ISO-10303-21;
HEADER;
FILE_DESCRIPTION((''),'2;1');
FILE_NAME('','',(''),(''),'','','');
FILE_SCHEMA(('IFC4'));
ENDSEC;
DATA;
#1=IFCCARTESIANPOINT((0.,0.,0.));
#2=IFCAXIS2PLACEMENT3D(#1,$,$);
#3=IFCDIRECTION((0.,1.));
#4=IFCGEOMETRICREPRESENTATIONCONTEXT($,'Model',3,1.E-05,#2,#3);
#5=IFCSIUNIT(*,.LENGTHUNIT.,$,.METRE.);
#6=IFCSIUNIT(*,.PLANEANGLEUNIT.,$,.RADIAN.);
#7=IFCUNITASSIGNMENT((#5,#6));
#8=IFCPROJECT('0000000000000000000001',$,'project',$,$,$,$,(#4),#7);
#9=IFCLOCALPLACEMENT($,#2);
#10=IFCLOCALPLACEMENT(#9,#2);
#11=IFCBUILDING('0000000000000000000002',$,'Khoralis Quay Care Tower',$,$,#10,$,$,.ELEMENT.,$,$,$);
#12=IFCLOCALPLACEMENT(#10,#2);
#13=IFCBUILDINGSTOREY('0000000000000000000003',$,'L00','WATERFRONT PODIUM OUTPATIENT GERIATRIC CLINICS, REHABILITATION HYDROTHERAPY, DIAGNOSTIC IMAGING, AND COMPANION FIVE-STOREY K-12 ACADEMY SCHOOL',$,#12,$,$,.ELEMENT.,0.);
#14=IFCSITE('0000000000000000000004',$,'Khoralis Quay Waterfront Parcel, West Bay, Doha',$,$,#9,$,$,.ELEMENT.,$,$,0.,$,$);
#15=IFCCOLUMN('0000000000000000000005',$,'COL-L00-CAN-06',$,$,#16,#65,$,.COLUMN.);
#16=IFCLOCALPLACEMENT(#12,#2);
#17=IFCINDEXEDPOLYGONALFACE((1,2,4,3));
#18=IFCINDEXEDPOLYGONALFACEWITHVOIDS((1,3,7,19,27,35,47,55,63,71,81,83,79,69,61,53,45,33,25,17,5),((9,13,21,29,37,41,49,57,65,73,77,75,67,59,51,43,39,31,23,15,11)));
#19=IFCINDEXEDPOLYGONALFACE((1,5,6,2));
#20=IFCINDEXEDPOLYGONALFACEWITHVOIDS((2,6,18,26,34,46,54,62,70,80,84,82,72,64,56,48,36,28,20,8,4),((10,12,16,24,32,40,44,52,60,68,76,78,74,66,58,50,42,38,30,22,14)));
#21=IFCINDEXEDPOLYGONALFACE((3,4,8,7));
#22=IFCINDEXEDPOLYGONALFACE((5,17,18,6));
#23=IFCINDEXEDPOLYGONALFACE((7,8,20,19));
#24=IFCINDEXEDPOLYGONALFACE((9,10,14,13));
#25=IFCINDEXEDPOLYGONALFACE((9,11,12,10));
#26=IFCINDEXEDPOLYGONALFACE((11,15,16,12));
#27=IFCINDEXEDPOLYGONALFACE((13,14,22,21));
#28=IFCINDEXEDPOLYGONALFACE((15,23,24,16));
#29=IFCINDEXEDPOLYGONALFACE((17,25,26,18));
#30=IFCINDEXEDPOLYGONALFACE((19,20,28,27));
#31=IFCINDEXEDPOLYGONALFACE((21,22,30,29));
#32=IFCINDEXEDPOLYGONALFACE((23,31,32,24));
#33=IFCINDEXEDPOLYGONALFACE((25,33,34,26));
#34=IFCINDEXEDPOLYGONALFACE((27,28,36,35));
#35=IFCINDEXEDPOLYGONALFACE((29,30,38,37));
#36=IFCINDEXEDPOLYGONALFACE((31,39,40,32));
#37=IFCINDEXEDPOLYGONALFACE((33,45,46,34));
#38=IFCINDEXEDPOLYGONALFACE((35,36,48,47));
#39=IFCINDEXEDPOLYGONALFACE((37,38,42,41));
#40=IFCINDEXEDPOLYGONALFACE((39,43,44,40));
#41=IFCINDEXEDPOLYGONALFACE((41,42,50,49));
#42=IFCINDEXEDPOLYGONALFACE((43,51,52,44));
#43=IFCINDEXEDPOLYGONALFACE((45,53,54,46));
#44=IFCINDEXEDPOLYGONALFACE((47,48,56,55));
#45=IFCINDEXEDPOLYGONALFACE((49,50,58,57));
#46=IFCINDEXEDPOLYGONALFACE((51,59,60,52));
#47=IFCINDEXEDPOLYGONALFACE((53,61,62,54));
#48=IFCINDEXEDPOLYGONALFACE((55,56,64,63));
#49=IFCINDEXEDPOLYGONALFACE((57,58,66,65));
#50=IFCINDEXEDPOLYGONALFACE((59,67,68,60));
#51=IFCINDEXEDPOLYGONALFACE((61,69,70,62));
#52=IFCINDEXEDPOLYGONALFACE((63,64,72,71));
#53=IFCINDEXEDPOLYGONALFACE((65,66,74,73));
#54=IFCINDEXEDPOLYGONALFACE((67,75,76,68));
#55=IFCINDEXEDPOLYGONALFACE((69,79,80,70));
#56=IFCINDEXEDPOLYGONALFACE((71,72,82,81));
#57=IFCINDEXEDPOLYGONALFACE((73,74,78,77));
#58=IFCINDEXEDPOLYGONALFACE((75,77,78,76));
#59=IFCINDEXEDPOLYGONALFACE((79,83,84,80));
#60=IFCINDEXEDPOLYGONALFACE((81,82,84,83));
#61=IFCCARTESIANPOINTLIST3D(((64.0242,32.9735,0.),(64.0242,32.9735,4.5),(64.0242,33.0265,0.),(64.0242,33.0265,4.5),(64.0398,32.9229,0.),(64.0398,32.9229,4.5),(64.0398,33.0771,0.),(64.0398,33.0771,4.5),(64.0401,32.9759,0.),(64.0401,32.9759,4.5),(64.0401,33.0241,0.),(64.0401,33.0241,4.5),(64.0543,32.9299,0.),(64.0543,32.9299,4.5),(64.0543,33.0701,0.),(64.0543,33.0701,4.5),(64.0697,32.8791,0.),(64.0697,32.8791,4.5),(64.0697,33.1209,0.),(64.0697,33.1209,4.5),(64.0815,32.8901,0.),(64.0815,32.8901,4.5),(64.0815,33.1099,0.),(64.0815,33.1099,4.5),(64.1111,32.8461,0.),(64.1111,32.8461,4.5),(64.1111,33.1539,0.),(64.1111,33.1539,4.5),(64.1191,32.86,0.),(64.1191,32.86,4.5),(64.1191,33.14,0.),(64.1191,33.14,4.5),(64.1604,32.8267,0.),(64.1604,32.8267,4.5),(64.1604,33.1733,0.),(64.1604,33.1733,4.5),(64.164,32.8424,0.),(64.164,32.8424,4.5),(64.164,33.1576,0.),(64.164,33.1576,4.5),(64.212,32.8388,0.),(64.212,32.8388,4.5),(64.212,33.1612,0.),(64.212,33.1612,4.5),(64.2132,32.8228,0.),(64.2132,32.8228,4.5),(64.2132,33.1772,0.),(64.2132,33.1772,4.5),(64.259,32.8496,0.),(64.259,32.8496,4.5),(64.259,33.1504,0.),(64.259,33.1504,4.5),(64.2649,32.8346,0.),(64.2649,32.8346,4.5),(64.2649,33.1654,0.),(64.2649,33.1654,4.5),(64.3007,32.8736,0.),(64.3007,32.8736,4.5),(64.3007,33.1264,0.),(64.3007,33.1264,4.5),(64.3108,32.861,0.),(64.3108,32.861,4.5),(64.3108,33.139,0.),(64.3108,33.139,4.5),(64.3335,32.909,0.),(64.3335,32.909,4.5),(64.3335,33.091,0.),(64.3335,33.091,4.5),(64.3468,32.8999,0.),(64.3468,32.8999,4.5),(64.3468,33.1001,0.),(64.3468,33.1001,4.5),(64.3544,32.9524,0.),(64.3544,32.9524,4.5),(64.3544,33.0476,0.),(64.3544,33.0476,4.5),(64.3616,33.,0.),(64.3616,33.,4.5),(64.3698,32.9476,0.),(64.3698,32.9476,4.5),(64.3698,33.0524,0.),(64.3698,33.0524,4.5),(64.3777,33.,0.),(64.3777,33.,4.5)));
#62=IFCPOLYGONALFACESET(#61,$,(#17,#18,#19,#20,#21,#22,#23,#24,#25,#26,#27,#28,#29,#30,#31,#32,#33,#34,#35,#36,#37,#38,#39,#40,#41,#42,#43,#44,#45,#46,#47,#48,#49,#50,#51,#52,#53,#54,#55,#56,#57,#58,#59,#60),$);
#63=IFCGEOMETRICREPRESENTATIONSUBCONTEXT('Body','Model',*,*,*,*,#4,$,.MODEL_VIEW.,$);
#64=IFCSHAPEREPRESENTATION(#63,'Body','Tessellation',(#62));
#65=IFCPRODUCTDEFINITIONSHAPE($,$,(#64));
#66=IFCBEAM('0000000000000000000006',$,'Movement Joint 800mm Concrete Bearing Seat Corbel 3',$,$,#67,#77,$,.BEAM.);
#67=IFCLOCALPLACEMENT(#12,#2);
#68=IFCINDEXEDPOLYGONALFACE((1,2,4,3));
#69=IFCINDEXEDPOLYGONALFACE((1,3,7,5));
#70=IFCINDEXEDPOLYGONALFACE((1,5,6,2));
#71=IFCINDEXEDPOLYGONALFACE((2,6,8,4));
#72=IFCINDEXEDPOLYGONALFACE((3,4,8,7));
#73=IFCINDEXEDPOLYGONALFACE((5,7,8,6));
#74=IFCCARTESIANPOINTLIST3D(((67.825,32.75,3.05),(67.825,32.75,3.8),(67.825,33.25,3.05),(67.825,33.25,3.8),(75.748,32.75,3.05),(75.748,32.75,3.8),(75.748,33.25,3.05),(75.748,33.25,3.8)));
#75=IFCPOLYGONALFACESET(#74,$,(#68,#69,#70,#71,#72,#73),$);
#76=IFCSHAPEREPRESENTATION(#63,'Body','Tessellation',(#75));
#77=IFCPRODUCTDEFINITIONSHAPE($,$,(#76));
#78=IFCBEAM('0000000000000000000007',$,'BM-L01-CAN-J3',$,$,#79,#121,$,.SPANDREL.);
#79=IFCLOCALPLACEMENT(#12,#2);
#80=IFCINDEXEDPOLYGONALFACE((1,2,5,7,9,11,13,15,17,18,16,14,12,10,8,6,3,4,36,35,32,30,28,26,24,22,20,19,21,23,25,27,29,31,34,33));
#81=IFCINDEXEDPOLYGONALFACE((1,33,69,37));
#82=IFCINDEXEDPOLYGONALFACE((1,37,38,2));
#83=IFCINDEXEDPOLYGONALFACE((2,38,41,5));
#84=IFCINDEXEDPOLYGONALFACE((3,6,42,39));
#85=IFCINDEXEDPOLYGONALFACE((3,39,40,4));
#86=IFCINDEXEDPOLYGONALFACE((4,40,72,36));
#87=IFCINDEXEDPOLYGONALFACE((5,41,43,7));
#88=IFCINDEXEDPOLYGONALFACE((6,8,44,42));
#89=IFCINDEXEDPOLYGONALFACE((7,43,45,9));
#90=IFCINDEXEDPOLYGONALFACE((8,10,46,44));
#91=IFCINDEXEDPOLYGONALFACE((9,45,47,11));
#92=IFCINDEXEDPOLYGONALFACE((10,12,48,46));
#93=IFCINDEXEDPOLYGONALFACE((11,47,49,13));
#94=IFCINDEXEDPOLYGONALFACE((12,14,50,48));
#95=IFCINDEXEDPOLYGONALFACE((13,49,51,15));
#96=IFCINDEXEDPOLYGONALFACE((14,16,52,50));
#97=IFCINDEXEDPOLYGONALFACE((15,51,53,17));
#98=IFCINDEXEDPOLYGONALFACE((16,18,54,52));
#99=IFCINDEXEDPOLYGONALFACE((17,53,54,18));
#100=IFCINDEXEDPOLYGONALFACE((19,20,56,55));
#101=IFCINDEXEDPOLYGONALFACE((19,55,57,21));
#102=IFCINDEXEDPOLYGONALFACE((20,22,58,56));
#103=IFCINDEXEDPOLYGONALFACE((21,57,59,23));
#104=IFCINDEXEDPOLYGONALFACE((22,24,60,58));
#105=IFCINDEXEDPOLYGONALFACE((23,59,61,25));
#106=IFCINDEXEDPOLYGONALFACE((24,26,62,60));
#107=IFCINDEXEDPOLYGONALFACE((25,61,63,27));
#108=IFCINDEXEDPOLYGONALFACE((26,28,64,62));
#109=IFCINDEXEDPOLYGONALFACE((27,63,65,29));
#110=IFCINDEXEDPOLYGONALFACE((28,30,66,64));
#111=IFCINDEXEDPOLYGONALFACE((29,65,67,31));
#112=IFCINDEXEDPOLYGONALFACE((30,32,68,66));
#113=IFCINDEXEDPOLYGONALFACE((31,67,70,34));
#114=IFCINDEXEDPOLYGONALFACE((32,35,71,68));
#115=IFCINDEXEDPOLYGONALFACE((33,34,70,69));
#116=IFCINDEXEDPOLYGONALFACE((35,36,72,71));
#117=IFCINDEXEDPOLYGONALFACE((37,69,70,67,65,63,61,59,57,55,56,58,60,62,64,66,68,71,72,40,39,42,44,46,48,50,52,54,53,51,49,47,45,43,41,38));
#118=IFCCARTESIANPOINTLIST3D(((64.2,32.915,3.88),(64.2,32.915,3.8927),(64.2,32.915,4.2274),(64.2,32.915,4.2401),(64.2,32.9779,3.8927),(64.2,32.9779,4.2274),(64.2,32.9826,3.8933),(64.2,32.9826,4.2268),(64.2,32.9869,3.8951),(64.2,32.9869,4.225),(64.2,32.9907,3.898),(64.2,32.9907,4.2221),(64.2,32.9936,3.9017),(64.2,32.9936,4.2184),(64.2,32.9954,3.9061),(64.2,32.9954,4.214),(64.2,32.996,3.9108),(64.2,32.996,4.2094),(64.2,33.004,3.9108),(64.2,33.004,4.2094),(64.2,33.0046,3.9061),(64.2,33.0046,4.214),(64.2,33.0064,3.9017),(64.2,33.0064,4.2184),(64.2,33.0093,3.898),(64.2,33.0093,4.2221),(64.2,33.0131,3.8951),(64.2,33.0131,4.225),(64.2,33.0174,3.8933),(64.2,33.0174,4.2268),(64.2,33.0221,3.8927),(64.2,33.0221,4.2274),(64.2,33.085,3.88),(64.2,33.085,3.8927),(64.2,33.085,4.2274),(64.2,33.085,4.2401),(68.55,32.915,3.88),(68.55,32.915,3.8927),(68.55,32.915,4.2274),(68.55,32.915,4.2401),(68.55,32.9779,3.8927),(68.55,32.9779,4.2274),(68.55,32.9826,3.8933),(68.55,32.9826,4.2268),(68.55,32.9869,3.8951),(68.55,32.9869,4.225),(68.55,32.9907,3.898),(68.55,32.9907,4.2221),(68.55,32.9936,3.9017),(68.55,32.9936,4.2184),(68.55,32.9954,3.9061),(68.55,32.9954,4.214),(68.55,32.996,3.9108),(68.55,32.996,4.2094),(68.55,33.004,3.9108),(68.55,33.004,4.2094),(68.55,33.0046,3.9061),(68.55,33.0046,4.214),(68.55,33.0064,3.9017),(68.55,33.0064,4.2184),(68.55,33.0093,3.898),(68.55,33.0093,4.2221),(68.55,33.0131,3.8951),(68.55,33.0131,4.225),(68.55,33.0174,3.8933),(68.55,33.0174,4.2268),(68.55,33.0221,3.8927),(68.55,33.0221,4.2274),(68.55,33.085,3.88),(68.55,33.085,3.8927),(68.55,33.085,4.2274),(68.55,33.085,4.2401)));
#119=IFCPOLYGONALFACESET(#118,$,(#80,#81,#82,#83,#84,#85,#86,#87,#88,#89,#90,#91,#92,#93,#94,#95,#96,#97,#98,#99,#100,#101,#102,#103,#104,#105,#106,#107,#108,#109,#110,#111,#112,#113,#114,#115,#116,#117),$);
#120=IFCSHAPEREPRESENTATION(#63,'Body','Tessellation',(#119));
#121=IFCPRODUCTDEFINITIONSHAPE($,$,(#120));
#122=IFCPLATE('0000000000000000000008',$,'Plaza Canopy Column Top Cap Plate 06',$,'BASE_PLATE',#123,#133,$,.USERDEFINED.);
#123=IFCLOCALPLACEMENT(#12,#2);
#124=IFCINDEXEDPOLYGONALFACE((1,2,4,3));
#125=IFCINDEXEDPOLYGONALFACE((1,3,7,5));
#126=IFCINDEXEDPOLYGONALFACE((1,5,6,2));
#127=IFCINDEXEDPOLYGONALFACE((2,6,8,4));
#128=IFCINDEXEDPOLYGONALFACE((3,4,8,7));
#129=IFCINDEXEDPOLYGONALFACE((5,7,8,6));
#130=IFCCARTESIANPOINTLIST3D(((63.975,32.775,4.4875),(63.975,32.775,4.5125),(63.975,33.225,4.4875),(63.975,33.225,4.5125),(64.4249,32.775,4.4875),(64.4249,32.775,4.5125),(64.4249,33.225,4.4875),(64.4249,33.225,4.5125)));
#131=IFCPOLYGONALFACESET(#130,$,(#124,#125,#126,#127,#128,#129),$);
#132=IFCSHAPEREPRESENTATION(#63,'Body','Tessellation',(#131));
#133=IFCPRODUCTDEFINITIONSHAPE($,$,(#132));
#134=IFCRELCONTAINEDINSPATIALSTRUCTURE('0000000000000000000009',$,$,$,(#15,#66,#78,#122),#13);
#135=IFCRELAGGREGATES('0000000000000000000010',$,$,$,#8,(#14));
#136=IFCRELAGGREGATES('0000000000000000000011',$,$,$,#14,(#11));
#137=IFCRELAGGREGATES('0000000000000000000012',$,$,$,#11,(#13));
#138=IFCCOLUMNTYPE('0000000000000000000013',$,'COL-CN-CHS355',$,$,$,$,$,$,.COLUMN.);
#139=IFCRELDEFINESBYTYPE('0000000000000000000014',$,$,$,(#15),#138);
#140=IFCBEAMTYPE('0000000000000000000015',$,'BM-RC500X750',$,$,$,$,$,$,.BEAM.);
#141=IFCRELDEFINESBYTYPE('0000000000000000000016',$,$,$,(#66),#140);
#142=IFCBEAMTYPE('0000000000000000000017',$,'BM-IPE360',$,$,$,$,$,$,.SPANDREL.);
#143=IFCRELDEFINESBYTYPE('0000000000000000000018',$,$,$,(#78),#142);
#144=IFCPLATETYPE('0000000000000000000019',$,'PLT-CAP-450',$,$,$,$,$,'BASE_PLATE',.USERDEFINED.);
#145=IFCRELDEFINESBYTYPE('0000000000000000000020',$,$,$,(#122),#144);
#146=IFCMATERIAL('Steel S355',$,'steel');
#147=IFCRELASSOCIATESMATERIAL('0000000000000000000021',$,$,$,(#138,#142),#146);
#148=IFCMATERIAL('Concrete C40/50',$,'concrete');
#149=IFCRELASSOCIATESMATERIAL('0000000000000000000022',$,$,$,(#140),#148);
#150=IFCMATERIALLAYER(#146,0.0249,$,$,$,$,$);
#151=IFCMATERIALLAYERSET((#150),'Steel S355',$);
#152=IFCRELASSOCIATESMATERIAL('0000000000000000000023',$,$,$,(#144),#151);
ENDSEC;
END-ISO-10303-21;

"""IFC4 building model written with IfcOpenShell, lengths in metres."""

from ifc_helpers import new_model, si_unit, direction, frame, origin, origin_2d, place, context, subcontext, project, spatial, rectangle, hollow_circle, i_section, extrude, source, transform, mapped, material, layer, layer_set, material_profile, profile_set, type_object, element, save


model = new_model("IFC4")

# Units and contexts
model_context = context("Model", 3, precision=1e-05, world=origin(), true_north=direction((0.0, 1.0)))
body_context = subcontext(model_context, "Body", "Model", "MODEL_VIEW")
ifc_project = project(units=[si_unit("LENGTHUNIT", "METRE"), si_unit("PLANEANGLEUNIT", "RADIAN")], contexts=[model_context])

# Site, building, storey
site_placement = place(None, origin())
site = spatial("IfcSite", under=ifc_project, at=site_placement, Name="Khoralis Quay Waterfront Parcel, West Bay, Doha", CompositionType="ELEMENT", RefElevation=0.0)
building_placement = place(site_placement, origin())
building = spatial("IfcBuilding", under=site, at=building_placement, Name="Khoralis Quay Care Tower", CompositionType="ELEMENT")
storey_placement = place(building_placement, origin())
storey = spatial("IfcBuildingStorey", under=building, at=storey_placement, Name="L00", Description="WATERFRONT PODIUM OUTPATIENT GERIATRIC CLINICS, REHABILITATION HYDROTHERAPY, DIAGNOSTIC IMAGING, AND COMPANION FIVE-STOREY K-12 ACADEMY SCHOOL", CompositionType="ELEMENT", Elevation=0.0)

# Column
ifc_material_1 = material(Name="Steel S355", Category="steel")
ifc_material_profile_1 = material_profile(ifc_material_1, hollow_circle(Radius=0.1777, WallThickness=0.0161, at=origin_2d()), Name="Steel S355")
ifc_profile_set_1 = profile_set([ifc_material_profile_1], Name="Steel S355")
column_type = type_object("IfcColumnType", Name="COL-CN-CHS355", PredefinedType="COLUMN", material=ifc_profile_set_1)
shared_shape_1 = source(origin(), body_context, "Body", "SweptSolid", [
    extrude(hollow_circle(Radius=0.1777, WallThickness=0.0161, at=origin_2d()), origin(), (0.0, 0.0, 1.0), 4.5),
])
column_placement = place(storey_placement, frame((64.2, 33.0, 0.0), z_axis=(0.0, 0.0, 1.0), x_axis=(1.0, 0.0, 0.0)))
element("IfcColumn", 1, at=column_placement, inside=storey, type_object=column_type, Name="COL-L00-CAN-06", PredefinedType="COLUMN", context=body_context, shape_type="MappedRepresentation", body=[
    mapped(shared_shape_1, transform((0.0, 0.0, 0.0), scale=1.0)),
])

# Beams
ifc_material_2 = material(Name="Concrete C40/50", Category="concrete")
ifc_material_profile_2 = material_profile(ifc_material_2, rectangle(XDim=0.5, YDim=0.75, at=origin_2d()), Name="Concrete C40/50")
ifc_profile_set_2 = profile_set([ifc_material_profile_2], Name="Concrete C40/50")
beam_type_1 = type_object("IfcBeamType", Name="BM-RC500X750", PredefinedType="BEAM", material=ifc_profile_set_2)
shared_shape_2 = source(origin(), body_context, "Body", "SweptSolid", [
    extrude(rectangle(XDim=0.5, YDim=0.75, at=origin_2d()), origin(), (0.0, 0.0, 1.0), 7.9231),
])
beam_1_placement = place(storey_placement, frame((67.825, 33.0, 3.425), z_axis=(1.0, 0.0, 0.0), x_axis=(0.0, 1.0, 0.0)))
element("IfcBeam", 2, at=beam_1_placement, inside=storey, type_object=beam_type_1, Name="Movement Joint 800mm Concrete Bearing Seat Corbel 3", PredefinedType="BEAM", context=body_context, shape_type="MappedRepresentation", body=[
    mapped(shared_shape_2, transform((0.0, 0.0, 0.0), scale=1.0)),
])
ifc_material_profile_3 = material_profile(ifc_material_1, i_section(OverallWidth=0.1699, OverallDepth=0.3601, WebThickness=0.0081, FlangeThickness=0.0127, FilletRadius=0.0181, at=origin_2d()), Name="Steel S355")
ifc_profile_set_3 = profile_set([ifc_material_profile_3], Name="Steel S355")
beam_type_2 = type_object("IfcBeamType", Name="BM-IPE360", PredefinedType="SPANDREL", material=ifc_profile_set_3)
shared_shape_3 = source(origin(), body_context, "Body", "SweptSolid", [
    extrude(i_section(OverallWidth=0.1699, OverallDepth=0.3601, WebThickness=0.0081, FlangeThickness=0.0127, FilletRadius=0.0181, at=origin_2d()), origin(), (0.0, 0.0, 1.0), 4.3501),
])
beam_2_placement = place(storey_placement, frame((64.2, 33.0, 4.0601), z_axis=(1.0, 0.0, 0.0), x_axis=(0.0, 1.0, 0.0)))
element("IfcBeam", 3, at=beam_2_placement, inside=storey, type_object=beam_type_2, Name="BM-L01-CAN-J3", PredefinedType="SPANDREL", context=body_context, shape_type="MappedRepresentation", body=[
    mapped(shared_shape_3, transform((0.0, 0.0, 0.0), scale=1.0)),
])

# Plate
ifc_layer = layer(ifc_material_1, 0.0249)
ifc_layer_set = layer_set([ifc_layer], Name="Steel S355")
plate_type = type_object("IfcPlateType", Name="PLT-CAP-450", ElementType="BASE_PLATE", PredefinedType="USERDEFINED", material=ifc_layer_set)
shared_shape_4 = source(origin(), body_context, "Body", "SweptSolid", [
    extrude(rectangle(XDim=0.45, YDim=0.45, at=origin_2d()), origin(), (0.0, 0.0, 1.0), 0.0249),
])
plate_placement = place(storey_placement, frame((64.2, 33.0, 4.4875), z_axis=(0.0, 0.0, 1.0), x_axis=(1.0, 0.0, 0.0)))
element("IfcPlate", 4, at=plate_placement, inside=storey, type_object=plate_type, Name="Plaza Canopy Column Top Cap Plate 06", ObjectType="BASE_PLATE", PredefinedType="USERDEFINED", context=body_context, shape_type="MappedRepresentation", body=[
    mapped(shared_shape_4, transform((0.0, 0.0, 0.0), scale=1.0)),
])

save(model, "model.ifc")
